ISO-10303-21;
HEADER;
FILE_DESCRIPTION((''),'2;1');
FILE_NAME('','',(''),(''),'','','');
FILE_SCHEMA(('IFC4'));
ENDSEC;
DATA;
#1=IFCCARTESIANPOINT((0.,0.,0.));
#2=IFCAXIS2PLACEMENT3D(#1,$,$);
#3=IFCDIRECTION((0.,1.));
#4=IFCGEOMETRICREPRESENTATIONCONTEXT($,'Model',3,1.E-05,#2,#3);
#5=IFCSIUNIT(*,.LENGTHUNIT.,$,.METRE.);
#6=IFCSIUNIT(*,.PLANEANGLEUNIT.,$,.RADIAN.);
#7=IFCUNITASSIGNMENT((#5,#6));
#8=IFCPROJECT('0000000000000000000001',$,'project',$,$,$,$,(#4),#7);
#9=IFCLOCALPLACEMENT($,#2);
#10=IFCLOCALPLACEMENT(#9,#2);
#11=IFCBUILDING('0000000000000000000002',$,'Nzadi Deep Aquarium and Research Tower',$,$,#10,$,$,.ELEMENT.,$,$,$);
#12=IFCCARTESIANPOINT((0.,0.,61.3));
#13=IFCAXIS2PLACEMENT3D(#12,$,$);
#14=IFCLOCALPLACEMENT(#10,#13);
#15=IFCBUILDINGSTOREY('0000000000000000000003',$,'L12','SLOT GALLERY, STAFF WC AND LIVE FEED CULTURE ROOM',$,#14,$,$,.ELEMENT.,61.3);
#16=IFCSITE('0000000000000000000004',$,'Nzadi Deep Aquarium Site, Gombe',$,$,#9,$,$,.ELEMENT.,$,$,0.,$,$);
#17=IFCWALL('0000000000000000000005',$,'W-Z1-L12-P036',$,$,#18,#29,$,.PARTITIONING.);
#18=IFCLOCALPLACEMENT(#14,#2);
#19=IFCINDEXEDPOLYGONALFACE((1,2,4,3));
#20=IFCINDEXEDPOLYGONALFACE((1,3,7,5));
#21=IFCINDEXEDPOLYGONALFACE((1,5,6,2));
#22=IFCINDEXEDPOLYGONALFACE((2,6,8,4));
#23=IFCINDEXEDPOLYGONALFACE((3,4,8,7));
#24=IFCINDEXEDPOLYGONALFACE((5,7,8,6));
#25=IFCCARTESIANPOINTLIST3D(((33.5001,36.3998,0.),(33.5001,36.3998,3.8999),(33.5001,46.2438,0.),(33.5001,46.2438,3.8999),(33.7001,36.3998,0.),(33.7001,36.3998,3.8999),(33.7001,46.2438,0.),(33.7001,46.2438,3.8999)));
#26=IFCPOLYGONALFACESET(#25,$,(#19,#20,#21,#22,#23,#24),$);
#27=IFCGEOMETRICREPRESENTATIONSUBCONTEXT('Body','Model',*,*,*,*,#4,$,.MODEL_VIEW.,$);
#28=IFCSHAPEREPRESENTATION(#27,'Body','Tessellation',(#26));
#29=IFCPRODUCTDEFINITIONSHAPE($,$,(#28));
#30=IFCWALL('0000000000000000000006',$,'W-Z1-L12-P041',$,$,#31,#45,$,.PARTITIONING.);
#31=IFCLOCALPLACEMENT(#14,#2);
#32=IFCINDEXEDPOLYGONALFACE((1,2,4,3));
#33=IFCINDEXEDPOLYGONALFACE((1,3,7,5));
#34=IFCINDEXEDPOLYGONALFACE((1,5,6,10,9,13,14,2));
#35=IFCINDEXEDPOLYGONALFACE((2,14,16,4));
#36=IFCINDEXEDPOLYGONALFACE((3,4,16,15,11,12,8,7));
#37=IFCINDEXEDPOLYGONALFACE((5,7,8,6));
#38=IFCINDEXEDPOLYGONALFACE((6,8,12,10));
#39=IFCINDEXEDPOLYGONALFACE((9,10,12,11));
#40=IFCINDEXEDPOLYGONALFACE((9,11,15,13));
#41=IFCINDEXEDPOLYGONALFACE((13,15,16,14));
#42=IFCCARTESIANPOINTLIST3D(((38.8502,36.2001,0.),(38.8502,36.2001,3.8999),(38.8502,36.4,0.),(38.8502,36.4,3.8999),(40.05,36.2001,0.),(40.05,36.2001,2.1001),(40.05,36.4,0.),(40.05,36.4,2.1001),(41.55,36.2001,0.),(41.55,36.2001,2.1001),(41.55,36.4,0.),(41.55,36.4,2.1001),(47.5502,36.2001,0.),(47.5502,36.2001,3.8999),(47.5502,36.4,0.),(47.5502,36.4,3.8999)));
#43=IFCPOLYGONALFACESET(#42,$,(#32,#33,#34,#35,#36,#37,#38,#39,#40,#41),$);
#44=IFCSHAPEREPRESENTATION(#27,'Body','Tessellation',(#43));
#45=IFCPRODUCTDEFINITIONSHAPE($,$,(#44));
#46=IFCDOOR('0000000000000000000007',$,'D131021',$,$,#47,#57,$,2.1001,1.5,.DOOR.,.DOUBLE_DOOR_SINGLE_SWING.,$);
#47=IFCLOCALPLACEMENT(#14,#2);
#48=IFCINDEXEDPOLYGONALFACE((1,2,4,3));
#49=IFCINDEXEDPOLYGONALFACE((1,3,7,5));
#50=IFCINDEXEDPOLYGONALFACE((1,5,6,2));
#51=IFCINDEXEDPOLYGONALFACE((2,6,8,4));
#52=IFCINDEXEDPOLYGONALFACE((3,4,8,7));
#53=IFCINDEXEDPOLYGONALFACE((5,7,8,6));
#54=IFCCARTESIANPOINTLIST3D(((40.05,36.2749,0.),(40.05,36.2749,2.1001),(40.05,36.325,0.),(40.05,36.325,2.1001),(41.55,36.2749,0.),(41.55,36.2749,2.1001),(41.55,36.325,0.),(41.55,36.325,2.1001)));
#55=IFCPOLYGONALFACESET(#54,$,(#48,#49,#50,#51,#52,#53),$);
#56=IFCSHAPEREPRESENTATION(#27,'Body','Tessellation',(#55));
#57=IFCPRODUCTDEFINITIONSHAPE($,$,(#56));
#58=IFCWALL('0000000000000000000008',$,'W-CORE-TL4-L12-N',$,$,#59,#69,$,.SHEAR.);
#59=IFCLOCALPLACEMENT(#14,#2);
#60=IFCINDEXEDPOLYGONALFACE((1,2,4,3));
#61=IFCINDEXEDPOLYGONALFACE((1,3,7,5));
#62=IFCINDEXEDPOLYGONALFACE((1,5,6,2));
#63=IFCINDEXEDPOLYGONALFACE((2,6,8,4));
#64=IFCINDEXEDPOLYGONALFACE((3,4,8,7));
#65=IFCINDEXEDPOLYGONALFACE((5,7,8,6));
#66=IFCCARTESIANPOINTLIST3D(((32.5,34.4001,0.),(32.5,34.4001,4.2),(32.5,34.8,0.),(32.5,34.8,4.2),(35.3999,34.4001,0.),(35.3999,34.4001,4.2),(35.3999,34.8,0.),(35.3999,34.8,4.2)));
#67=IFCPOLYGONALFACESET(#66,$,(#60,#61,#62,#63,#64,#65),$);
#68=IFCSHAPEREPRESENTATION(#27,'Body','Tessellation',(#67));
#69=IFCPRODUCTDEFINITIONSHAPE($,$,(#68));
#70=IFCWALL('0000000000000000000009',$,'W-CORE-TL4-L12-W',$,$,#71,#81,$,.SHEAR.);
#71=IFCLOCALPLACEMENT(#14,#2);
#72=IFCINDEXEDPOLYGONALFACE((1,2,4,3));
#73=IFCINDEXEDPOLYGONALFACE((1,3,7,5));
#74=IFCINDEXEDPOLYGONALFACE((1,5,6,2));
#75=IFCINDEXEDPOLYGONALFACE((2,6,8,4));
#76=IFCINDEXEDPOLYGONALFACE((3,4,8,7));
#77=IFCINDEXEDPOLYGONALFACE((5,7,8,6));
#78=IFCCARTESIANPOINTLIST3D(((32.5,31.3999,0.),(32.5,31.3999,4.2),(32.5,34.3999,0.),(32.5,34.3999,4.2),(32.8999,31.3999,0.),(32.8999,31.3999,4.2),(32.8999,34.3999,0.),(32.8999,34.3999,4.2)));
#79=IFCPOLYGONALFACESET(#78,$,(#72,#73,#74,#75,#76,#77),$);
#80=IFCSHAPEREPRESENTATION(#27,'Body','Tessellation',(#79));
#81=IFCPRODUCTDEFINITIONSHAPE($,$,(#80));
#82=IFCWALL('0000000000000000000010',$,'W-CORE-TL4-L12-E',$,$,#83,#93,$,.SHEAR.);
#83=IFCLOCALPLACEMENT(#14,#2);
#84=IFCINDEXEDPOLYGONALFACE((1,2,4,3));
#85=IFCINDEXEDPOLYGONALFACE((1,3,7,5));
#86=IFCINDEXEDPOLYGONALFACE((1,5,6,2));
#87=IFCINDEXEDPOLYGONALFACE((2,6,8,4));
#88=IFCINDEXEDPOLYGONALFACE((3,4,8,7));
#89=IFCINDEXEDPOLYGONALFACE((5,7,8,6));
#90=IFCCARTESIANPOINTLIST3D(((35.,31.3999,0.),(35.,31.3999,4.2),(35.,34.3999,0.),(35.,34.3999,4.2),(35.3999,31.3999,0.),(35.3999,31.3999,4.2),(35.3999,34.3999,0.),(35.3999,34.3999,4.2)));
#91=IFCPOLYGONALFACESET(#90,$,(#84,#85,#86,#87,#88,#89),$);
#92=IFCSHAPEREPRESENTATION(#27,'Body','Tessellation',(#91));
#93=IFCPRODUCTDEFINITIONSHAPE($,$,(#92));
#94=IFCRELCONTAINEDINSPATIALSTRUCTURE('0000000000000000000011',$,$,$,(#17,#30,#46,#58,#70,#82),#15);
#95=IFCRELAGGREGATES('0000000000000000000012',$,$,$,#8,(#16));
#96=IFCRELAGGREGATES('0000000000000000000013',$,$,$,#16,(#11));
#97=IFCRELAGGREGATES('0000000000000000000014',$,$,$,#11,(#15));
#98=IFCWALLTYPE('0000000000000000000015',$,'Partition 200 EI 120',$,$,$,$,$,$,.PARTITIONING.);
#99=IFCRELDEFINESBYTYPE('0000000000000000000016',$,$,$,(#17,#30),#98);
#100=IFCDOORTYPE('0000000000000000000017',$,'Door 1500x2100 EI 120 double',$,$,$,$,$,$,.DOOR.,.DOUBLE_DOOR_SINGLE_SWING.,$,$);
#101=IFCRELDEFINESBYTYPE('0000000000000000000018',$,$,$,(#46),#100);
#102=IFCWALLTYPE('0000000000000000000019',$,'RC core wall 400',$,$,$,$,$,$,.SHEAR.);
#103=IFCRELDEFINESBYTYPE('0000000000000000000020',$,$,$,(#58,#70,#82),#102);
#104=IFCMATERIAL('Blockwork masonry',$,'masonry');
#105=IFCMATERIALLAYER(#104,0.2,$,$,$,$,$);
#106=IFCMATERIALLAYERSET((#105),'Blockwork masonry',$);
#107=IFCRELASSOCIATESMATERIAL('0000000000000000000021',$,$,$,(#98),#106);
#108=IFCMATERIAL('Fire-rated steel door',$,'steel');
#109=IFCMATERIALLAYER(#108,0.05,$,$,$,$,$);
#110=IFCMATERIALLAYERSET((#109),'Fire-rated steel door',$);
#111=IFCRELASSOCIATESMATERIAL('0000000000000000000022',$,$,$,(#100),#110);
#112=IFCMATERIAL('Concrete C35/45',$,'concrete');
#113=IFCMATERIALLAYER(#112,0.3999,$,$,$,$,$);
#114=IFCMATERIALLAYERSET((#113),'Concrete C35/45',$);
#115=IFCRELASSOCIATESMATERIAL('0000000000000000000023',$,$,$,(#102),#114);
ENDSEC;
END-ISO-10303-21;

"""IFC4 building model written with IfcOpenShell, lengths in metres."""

from ifc_helpers import new_model, si_unit, direction, frame, frame_2d, origin, place, context, subcontext, project, spatial, rectangle, extrude, material, layer, layer_set, type_object, element, fill, save


model = new_model("IFC4")

# Units and contexts
model_context = context("Model", 3, precision=1e-05, world=origin(), true_north=direction((0.0, 1.0)))
body_context = subcontext(model_context, "Body", "Model", "MODEL_VIEW")
ifc_project = project(units=[si_unit("LENGTHUNIT", "METRE"), si_unit("PLANEANGLEUNIT", "RADIAN")], contexts=[model_context])

# Site, building, storey
site_placement = place(None, origin())
site = spatial("IfcSite", under=ifc_project, at=site_placement, Name="Nzadi Deep Aquarium Site, Gombe", CompositionType="ELEMENT", RefElevation=0.0)
building_placement = place(site_placement, origin())
building = spatial("IfcBuilding", under=site, at=building_placement, Name="Nzadi Deep Aquarium and Research Tower", CompositionType="ELEMENT")
storey_placement = place(building_placement, frame((0.0, 0.0, 61.3)))
storey = spatial("IfcBuildingStorey", under=building, at=storey_placement, Name="L12", Description="SLOT GALLERY, STAFF WC AND LIVE FEED CULTURE ROOM", CompositionType="ELEMENT", Elevation=61.3)

# Wall
ifc_material_1 = material(Name="Blockwork masonry", Category="masonry")
ifc_layer_1 = layer(ifc_material_1, 0.2)
ifc_layer_set_1 = layer_set([ifc_layer_1], Name="Blockwork masonry")
wall_type_1 = type_object("IfcWallType", Name="Partition 200 EI 120", PredefinedType="PARTITIONING", material=ifc_layer_set_1)
wall_1_placement = place(storey_placement, frame((33.6001, 36.3999, 0.0), z_axis=(0.0, 0.0, 1.0), x_axis=(0.0, 1.0, 0.0)))
element("IfcWall", 1, at=wall_1_placement, inside=storey, type_object=wall_type_1, Name="W-Z1-L12-P036", PredefinedType="PARTITIONING", context=body_context, shape_type="SweptSolid", body=[
    extrude(rectangle(XDim=9.844, YDim=0.2, at=frame_2d((4.9219, 0.0))), origin(), (0.0, 0.0, 1.0), 3.8999),
])

# Wall, opening, door
wall_2_placement = place(storey_placement, frame((38.8501, 36.3, 0.0), z_axis=(0.0, 0.0, 1.0), x_axis=(1.0, 0.0, 0.0)))
wall_2 = element("IfcWall", 2, at=wall_2_placement, inside=storey, type_object=wall_type_1, Name="W-Z1-L12-P041", PredefinedType="PARTITIONING", context=body_context, shape_type="SweptSolid", body=[
    extrude(rectangle(XDim=8.7, YDim=0.2, at=frame_2d((4.3501, 0.0))), origin(), (0.0, 0.0, 1.0), 3.8999),
])
opening_1_placement = place(wall_2_placement, frame((1.2, 0.0, 0.0)))
opening_1 = element("IfcOpeningElement", 3, at=opening_1_placement, cuts=wall_2, PredefinedType="OPENING", context=body_context, shape_type="SweptSolid", body=[
    extrude(rectangle(XDim=1.5, YDim=2.1001, at=frame_2d((0.75, 1.05))), frame((0.0, 0.1101, 0.0), z_axis=(0.0, -1.0, 0.0), x_axis=(1.0, 0.0, 0.0)), (0.0, 0.0, 1.0), 0.2202),
])
ifc_material_2 = material(Name="Fire-rated steel door", Category="steel")
ifc_layer_2 = layer(ifc_material_2, 0.05)
ifc_layer_set_2 = layer_set([ifc_layer_2], Name="Fire-rated steel door")
door_type_1 = type_object("IfcDoorType", Name="Door 1500x2100 EI 120 double", OperationType="DOUBLE_DOOR_SINGLE_SWING", PredefinedType="DOOR", material=ifc_layer_set_2)
door_1_placement = place(opening_1_placement, origin())
door_1 = element("IfcDoor", 4, at=door_1_placement, inside=storey, type_object=door_type_1, Name="D131021", OperationType="DOUBLE_DOOR_SINGLE_SWING", OverallHeight=2.1001, OverallWidth=1.5, PredefinedType="DOOR", context=body_context, shape_type="SweptSolid", body=[
    extrude(rectangle(XDim=1.5, YDim=2.1001, at=frame_2d((0.75, 1.05))), frame((0.0, 0.0249, 0.0), z_axis=(0.0, -1.0, 0.0), x_axis=(1.0, 0.0, 0.0)), (0.0, 0.0, 1.0), 0.05),
])
fill(opening_1, door_1)

# Walls
ifc_material_3 = material(Name="Concrete C35/45", Category="concrete")
ifc_layer_3 = layer(ifc_material_3, 0.3999)
ifc_layer_set_3 = layer_set([ifc_layer_3], Name="Concrete C35/45")
wall_type_2 = type_object("IfcWallType", Name="RC core wall 400", PredefinedType="SHEAR", material=ifc_layer_set_3)
wall_3_placement = place(storey_placement, frame((32.5, 34.6001, 0.0), z_axis=(0.0, 0.0, 1.0), x_axis=(1.0, 0.0, 0.0)))
element("IfcWall", 5, at=wall_3_placement, inside=storey, type_object=wall_type_2, Name="W-CORE-TL4-L12-N", PredefinedType="SHEAR", context=body_context, shape_type="SweptSolid", body=[
    extrude(rectangle(XDim=2.8999, YDim=0.3999, at=frame_2d((1.45, 0.0))), origin(), (0.0, 0.0, 1.0), 4.2),
])
for number, where, z_axis, x_axis, name in (
    (6, (32.7, 31.3999, 0.0), (0.0, 0.0, 1.0), (0.0, 1.0, 0.0), "W-CORE-TL4-L12-W"),
    (7, (35.2, 31.3999, 0.0), (0.0, 0.0, 1.0), (0.0, 1.0, 0.0), "W-CORE-TL4-L12-E"),
):
    element("IfcWall", number, at=place(storey_placement, frame(where, z_axis=z_axis, x_axis=x_axis)), inside=storey, type_object=wall_type_2, Name=name, PredefinedType="SHEAR", context=body_context, shape_type="SweptSolid", body=[
        extrude(rectangle(XDim=3.0, YDim=0.3999, at=frame_2d((1.5, 0.0))), origin(), (0.0, 0.0, 1.0), 4.2),
    ])

save(model, "model.ifc")
